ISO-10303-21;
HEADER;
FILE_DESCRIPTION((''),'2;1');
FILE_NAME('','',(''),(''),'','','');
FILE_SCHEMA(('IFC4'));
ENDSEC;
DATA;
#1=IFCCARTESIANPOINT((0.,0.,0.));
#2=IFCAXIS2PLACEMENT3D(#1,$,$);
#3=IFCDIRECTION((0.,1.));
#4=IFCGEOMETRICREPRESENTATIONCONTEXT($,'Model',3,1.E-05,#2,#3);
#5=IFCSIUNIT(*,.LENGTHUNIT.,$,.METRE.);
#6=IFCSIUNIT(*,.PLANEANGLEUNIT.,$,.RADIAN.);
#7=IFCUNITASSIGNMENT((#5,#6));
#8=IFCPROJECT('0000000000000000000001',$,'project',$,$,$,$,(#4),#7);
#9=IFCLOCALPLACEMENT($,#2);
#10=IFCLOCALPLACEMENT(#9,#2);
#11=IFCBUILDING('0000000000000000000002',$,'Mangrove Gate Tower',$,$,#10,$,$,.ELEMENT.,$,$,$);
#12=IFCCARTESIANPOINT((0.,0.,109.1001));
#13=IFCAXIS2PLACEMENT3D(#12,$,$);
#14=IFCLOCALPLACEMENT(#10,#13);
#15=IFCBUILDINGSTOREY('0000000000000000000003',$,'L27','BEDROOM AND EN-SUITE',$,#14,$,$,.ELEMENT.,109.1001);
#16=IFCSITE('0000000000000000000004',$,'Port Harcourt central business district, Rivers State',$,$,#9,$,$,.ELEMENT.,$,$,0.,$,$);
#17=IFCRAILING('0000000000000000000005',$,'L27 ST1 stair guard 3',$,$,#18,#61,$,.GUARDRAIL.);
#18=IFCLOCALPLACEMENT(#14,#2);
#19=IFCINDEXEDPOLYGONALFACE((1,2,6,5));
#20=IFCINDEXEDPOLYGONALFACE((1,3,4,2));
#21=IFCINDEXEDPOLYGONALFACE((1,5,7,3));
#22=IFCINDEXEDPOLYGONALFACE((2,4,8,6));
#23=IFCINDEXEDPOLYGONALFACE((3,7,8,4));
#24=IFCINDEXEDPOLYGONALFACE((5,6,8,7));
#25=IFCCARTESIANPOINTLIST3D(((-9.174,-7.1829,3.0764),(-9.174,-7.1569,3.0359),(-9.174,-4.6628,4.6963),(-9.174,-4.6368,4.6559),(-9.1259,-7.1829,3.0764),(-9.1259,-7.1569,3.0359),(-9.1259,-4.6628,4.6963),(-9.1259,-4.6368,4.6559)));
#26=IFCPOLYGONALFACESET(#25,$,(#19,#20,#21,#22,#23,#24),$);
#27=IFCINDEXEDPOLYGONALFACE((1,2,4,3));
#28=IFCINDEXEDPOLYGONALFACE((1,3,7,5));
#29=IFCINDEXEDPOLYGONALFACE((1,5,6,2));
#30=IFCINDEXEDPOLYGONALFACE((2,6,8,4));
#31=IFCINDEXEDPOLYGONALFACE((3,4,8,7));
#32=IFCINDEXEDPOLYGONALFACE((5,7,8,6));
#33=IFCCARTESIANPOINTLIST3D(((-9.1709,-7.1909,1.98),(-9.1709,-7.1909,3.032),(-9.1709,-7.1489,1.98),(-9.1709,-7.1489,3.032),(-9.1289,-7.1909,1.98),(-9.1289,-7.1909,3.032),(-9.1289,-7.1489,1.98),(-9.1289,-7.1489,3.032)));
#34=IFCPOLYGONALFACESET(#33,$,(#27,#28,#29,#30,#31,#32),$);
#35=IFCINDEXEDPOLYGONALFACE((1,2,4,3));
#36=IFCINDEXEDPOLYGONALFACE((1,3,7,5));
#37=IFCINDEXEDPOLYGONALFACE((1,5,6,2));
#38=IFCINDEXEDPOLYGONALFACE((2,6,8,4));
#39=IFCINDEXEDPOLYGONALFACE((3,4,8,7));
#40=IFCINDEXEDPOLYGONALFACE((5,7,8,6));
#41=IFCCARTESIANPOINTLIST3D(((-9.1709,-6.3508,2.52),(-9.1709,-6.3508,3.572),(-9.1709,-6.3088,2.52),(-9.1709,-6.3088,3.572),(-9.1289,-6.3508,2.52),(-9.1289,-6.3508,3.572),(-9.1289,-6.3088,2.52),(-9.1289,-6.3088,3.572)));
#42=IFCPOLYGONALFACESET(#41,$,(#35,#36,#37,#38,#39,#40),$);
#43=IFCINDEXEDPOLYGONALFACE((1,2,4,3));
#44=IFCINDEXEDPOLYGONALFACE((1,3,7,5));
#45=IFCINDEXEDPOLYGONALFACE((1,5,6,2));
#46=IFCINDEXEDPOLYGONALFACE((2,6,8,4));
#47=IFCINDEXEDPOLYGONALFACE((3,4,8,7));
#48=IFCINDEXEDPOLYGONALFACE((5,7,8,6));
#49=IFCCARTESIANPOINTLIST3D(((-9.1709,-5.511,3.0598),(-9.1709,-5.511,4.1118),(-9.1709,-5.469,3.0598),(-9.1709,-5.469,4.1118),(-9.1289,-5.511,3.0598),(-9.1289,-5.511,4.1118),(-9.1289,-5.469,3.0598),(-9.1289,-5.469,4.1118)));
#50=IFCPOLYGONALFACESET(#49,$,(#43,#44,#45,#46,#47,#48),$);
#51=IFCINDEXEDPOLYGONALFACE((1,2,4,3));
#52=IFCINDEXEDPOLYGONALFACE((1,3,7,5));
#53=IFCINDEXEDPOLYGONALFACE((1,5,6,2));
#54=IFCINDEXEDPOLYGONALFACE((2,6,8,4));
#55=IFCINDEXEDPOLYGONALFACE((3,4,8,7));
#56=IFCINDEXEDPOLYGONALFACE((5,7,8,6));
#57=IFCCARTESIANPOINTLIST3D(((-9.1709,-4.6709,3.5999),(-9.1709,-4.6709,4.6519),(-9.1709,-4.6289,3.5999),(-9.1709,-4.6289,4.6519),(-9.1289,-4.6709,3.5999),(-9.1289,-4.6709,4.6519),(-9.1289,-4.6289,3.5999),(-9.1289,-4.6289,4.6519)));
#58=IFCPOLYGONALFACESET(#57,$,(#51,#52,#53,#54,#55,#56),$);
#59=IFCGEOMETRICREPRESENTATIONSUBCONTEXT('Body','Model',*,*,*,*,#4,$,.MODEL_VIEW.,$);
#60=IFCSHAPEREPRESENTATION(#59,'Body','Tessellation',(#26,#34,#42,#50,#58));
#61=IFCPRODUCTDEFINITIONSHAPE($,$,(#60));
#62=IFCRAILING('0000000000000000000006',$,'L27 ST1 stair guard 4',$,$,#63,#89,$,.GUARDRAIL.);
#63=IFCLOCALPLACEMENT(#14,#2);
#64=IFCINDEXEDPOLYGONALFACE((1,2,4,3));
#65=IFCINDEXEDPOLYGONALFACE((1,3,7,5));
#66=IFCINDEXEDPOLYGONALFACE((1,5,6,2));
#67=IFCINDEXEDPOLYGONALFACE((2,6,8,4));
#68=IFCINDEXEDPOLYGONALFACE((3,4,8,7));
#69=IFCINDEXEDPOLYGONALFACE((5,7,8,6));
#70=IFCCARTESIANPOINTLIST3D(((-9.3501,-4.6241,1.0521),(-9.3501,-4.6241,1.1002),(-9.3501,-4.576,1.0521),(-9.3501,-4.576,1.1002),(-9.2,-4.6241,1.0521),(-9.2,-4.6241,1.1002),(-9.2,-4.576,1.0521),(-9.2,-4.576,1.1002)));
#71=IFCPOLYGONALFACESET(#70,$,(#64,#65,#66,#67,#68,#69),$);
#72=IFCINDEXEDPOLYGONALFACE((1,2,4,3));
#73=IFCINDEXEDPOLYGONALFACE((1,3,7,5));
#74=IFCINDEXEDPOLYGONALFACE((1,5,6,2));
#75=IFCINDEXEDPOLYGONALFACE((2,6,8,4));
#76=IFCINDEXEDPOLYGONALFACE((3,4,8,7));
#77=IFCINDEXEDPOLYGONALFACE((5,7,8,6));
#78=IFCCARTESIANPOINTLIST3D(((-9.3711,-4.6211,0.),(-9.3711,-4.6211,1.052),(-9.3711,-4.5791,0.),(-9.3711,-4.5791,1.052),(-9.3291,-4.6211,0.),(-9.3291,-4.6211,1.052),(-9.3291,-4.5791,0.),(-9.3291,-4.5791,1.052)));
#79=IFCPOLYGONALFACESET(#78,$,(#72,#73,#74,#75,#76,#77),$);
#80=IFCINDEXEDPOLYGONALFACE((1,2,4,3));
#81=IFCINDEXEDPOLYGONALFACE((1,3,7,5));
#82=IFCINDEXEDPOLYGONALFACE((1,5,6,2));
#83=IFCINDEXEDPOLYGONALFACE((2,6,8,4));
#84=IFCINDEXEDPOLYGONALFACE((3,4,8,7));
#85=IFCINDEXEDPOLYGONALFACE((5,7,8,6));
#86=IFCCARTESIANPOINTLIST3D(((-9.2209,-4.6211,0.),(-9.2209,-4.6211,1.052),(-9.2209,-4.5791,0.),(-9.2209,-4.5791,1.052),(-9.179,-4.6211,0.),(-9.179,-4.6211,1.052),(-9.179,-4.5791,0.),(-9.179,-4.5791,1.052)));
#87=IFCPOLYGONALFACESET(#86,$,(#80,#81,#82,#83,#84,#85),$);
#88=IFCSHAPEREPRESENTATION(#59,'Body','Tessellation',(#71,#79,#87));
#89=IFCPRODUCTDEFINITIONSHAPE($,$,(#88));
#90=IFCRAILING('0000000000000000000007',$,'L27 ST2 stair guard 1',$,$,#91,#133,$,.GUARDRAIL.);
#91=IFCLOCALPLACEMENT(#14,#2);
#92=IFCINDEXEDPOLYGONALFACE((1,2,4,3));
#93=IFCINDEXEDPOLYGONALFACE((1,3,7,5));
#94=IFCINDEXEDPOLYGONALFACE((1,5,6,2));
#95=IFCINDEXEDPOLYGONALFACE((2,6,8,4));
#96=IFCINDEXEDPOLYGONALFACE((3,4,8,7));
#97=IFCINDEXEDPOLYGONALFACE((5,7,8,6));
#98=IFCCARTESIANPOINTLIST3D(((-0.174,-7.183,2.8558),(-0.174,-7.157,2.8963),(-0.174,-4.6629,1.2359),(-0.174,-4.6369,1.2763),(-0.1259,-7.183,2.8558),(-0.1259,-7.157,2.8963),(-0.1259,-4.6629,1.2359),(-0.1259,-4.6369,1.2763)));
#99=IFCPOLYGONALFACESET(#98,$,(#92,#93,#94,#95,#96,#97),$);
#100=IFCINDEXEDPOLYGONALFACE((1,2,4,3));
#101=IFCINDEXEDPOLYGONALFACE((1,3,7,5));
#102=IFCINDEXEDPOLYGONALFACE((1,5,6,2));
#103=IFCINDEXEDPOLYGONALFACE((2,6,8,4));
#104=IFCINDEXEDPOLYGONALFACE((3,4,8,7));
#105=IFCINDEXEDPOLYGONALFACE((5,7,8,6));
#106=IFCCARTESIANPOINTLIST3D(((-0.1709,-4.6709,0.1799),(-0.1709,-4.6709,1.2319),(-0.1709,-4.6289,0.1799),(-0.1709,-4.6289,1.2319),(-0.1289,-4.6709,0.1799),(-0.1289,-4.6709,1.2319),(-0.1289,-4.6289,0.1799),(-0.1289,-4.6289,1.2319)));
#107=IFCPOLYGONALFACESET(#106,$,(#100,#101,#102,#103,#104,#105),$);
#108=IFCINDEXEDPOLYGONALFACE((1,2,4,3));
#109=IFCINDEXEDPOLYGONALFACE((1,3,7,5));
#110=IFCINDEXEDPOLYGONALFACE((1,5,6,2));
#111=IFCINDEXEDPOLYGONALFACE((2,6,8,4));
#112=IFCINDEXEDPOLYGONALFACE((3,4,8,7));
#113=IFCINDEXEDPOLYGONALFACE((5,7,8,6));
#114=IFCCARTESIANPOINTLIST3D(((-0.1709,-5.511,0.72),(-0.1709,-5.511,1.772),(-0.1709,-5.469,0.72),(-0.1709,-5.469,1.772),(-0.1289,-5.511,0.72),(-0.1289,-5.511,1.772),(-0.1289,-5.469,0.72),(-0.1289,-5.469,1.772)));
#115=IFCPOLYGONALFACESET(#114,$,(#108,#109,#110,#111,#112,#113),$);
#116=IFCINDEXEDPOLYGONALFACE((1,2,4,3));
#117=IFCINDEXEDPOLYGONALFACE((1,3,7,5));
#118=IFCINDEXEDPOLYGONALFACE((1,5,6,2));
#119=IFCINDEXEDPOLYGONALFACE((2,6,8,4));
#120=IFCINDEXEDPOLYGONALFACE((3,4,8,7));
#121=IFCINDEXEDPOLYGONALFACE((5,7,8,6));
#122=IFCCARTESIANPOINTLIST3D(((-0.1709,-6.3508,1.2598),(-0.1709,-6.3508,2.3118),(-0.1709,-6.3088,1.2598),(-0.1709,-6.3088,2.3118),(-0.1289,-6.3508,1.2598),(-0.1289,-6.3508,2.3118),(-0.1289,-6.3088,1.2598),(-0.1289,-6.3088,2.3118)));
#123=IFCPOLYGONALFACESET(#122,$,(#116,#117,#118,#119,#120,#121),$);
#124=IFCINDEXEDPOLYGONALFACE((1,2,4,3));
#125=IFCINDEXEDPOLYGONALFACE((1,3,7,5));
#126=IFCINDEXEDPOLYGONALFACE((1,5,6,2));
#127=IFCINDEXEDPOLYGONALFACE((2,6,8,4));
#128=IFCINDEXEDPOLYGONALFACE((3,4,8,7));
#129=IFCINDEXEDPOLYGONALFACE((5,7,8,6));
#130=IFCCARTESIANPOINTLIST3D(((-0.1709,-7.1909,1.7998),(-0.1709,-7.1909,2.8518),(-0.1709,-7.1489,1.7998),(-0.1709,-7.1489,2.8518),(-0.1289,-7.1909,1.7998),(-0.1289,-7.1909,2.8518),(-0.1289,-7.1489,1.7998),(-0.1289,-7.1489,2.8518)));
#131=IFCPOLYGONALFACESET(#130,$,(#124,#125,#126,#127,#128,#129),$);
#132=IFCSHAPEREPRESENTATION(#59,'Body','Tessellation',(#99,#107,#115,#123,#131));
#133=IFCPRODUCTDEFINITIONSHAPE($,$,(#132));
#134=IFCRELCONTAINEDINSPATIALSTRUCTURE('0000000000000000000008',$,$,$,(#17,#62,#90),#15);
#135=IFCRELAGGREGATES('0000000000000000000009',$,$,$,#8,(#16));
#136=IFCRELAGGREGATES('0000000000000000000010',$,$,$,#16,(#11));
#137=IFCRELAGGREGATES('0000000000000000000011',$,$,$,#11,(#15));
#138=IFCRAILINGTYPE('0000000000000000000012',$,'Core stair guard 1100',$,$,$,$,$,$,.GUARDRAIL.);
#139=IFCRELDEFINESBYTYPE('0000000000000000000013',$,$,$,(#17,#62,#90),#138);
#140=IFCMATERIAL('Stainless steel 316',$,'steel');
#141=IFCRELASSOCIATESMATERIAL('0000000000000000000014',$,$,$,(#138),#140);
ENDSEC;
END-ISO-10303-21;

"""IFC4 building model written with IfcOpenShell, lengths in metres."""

from ifc_helpers import new_model, si_unit, direction, frame, origin, origin_2d, place, context, subcontext, project, spatial, rectangle, extrude, material, type_object, element, save


model = new_model("IFC4")

# Units and contexts
model_context = context("Model", 3, precision=1e-05, world=origin(), true_north=direction((0.0, 1.0)))
body_context = subcontext(model_context, "Body", "Model", "MODEL_VIEW")
ifc_project = project(units=[si_unit("LENGTHUNIT", "METRE"), si_unit("PLANEANGLEUNIT", "RADIAN")], contexts=[model_context])

# Site, building, storey
site_placement = place(None, origin())
site = spatial("IfcSite", under=ifc_project, at=site_placement, Name="Port Harcourt central business district, Rivers State", CompositionType="ELEMENT", RefElevation=0.0)
building_placement = place(site_placement, origin())
building = spatial("IfcBuilding", under=site, at=building_placement, Name="Mangrove Gate Tower", CompositionType="ELEMENT")
storey_placement = place(building_placement, frame((0.0, 0.0, 109.1001)))
storey = spatial("IfcBuildingStorey", under=building, at=storey_placement, Name="L27", Description="BEDROOM AND EN-SUITE", CompositionType="ELEMENT", Elevation=109.1001)

# Railings
ifc_material_1 = material(Name="Stainless steel 316", Category="steel")
railing_type_1 = type_object("IfcRailingType", Name="Core stair guard 1100", PredefinedType="GUARDRAIL", material=ifc_material_1)
railing_1_placement = place(storey_placement, frame((-9.1499, -7.1699, 1.98)))
element("IfcRailing", 1, at=railing_1_placement, inside=storey, type_object=railing_type_1, Name="L27 ST1 stair guard 3", PredefinedType="GUARDRAIL", context=body_context, shape_type="SweptSolid", body=[
    extrude(rectangle(XDim=0.0481, YDim=0.0481, at=origin_2d()), frame((0.0, 0.0, 1.0762), z_axis=(0.0, 0.8412, 0.540725), x_axis=(-1.0, 0.0, 0.0)), (0.0, 0.0, 1.0), 2.9958),
    extrude(rectangle(XDim=0.042, YDim=0.042, at=origin_2d()), origin(), (0.0, 0.0, 1.0), 1.052),
    extrude(rectangle(XDim=0.042, YDim=0.042, at=origin_2d()), frame((0.0, 0.8401, 0.54)), (0.0, 0.0, 1.0), 1.052),
    extrude(rectangle(XDim=0.042, YDim=0.042, at=origin_2d()), frame((0.0, 1.6799, 1.0798)), (0.0, 0.0, 1.0), 1.052),
    extrude(rectangle(XDim=0.042, YDim=0.042, at=origin_2d()), frame((0.0, 2.52, 1.6199)), (0.0, 0.0, 1.0), 1.052),
])
railing_2_placement = place(storey_placement, frame((-9.3501, -4.6001, 0.0)))
element("IfcRailing", 2, at=railing_2_placement, inside=storey, type_object=railing_type_1, Name="L27 ST1 stair guard 4", PredefinedType="GUARDRAIL", context=body_context, shape_type="SweptSolid", body=[
    extrude(rectangle(XDim=0.0481, YDim=0.0481, at=origin_2d()), frame((0.0, 0.0, 1.0762), z_axis=(1.0, 0.0, 0.0), x_axis=(0.0, 1.0, 0.0)), (0.0, 0.0, 1.0), 0.1501),
    extrude(rectangle(XDim=0.042, YDim=0.042, at=origin_2d()), origin(), (0.0, 0.0, 1.0), 1.052),
    extrude(rectangle(XDim=0.042, YDim=0.042, at=origin_2d()), frame((0.1501, 0.0, 0.0)), (0.0, 0.0, 1.0), 1.052),
])
railing_3_placement = place(storey_placement, frame((-0.1499, -4.6499, 0.1799)))
element("IfcRailing", 3, at=railing_3_placement, inside=storey, type_object=railing_type_1, Name="L27 ST2 stair guard 1", PredefinedType="GUARDRAIL", context=body_context, shape_type="SweptSolid", body=[
    extrude(rectangle(XDim=0.0481, YDim=0.0481, at=origin_2d()), frame((0.0, 0.0, 1.0762), z_axis=(0.0, -0.8412, 0.540725), x_axis=(1.0, 0.0, 0.0)), (0.0, 0.0, 1.0), 2.9958),
    extrude(rectangle(XDim=0.042, YDim=0.042, at=origin_2d()), origin(), (0.0, 0.0, 1.0), 1.052),
    extrude(rectangle(XDim=0.042, YDim=0.042, at=origin_2d()), frame((0.0, -0.8401, 0.54)), (0.0, 0.0, 1.0), 1.052),
    extrude(rectangle(XDim=0.042, YDim=0.042, at=origin_2d()), frame((0.0, -1.6799, 1.0798)), (0.0, 0.0, 1.0), 1.052),
    extrude(rectangle(XDim=0.042, YDim=0.042, at=origin_2d()), frame((0.0, -2.52, 1.6199)), (0.0, 0.0, 1.0), 1.052),
])

save(model, "model.ifc")
